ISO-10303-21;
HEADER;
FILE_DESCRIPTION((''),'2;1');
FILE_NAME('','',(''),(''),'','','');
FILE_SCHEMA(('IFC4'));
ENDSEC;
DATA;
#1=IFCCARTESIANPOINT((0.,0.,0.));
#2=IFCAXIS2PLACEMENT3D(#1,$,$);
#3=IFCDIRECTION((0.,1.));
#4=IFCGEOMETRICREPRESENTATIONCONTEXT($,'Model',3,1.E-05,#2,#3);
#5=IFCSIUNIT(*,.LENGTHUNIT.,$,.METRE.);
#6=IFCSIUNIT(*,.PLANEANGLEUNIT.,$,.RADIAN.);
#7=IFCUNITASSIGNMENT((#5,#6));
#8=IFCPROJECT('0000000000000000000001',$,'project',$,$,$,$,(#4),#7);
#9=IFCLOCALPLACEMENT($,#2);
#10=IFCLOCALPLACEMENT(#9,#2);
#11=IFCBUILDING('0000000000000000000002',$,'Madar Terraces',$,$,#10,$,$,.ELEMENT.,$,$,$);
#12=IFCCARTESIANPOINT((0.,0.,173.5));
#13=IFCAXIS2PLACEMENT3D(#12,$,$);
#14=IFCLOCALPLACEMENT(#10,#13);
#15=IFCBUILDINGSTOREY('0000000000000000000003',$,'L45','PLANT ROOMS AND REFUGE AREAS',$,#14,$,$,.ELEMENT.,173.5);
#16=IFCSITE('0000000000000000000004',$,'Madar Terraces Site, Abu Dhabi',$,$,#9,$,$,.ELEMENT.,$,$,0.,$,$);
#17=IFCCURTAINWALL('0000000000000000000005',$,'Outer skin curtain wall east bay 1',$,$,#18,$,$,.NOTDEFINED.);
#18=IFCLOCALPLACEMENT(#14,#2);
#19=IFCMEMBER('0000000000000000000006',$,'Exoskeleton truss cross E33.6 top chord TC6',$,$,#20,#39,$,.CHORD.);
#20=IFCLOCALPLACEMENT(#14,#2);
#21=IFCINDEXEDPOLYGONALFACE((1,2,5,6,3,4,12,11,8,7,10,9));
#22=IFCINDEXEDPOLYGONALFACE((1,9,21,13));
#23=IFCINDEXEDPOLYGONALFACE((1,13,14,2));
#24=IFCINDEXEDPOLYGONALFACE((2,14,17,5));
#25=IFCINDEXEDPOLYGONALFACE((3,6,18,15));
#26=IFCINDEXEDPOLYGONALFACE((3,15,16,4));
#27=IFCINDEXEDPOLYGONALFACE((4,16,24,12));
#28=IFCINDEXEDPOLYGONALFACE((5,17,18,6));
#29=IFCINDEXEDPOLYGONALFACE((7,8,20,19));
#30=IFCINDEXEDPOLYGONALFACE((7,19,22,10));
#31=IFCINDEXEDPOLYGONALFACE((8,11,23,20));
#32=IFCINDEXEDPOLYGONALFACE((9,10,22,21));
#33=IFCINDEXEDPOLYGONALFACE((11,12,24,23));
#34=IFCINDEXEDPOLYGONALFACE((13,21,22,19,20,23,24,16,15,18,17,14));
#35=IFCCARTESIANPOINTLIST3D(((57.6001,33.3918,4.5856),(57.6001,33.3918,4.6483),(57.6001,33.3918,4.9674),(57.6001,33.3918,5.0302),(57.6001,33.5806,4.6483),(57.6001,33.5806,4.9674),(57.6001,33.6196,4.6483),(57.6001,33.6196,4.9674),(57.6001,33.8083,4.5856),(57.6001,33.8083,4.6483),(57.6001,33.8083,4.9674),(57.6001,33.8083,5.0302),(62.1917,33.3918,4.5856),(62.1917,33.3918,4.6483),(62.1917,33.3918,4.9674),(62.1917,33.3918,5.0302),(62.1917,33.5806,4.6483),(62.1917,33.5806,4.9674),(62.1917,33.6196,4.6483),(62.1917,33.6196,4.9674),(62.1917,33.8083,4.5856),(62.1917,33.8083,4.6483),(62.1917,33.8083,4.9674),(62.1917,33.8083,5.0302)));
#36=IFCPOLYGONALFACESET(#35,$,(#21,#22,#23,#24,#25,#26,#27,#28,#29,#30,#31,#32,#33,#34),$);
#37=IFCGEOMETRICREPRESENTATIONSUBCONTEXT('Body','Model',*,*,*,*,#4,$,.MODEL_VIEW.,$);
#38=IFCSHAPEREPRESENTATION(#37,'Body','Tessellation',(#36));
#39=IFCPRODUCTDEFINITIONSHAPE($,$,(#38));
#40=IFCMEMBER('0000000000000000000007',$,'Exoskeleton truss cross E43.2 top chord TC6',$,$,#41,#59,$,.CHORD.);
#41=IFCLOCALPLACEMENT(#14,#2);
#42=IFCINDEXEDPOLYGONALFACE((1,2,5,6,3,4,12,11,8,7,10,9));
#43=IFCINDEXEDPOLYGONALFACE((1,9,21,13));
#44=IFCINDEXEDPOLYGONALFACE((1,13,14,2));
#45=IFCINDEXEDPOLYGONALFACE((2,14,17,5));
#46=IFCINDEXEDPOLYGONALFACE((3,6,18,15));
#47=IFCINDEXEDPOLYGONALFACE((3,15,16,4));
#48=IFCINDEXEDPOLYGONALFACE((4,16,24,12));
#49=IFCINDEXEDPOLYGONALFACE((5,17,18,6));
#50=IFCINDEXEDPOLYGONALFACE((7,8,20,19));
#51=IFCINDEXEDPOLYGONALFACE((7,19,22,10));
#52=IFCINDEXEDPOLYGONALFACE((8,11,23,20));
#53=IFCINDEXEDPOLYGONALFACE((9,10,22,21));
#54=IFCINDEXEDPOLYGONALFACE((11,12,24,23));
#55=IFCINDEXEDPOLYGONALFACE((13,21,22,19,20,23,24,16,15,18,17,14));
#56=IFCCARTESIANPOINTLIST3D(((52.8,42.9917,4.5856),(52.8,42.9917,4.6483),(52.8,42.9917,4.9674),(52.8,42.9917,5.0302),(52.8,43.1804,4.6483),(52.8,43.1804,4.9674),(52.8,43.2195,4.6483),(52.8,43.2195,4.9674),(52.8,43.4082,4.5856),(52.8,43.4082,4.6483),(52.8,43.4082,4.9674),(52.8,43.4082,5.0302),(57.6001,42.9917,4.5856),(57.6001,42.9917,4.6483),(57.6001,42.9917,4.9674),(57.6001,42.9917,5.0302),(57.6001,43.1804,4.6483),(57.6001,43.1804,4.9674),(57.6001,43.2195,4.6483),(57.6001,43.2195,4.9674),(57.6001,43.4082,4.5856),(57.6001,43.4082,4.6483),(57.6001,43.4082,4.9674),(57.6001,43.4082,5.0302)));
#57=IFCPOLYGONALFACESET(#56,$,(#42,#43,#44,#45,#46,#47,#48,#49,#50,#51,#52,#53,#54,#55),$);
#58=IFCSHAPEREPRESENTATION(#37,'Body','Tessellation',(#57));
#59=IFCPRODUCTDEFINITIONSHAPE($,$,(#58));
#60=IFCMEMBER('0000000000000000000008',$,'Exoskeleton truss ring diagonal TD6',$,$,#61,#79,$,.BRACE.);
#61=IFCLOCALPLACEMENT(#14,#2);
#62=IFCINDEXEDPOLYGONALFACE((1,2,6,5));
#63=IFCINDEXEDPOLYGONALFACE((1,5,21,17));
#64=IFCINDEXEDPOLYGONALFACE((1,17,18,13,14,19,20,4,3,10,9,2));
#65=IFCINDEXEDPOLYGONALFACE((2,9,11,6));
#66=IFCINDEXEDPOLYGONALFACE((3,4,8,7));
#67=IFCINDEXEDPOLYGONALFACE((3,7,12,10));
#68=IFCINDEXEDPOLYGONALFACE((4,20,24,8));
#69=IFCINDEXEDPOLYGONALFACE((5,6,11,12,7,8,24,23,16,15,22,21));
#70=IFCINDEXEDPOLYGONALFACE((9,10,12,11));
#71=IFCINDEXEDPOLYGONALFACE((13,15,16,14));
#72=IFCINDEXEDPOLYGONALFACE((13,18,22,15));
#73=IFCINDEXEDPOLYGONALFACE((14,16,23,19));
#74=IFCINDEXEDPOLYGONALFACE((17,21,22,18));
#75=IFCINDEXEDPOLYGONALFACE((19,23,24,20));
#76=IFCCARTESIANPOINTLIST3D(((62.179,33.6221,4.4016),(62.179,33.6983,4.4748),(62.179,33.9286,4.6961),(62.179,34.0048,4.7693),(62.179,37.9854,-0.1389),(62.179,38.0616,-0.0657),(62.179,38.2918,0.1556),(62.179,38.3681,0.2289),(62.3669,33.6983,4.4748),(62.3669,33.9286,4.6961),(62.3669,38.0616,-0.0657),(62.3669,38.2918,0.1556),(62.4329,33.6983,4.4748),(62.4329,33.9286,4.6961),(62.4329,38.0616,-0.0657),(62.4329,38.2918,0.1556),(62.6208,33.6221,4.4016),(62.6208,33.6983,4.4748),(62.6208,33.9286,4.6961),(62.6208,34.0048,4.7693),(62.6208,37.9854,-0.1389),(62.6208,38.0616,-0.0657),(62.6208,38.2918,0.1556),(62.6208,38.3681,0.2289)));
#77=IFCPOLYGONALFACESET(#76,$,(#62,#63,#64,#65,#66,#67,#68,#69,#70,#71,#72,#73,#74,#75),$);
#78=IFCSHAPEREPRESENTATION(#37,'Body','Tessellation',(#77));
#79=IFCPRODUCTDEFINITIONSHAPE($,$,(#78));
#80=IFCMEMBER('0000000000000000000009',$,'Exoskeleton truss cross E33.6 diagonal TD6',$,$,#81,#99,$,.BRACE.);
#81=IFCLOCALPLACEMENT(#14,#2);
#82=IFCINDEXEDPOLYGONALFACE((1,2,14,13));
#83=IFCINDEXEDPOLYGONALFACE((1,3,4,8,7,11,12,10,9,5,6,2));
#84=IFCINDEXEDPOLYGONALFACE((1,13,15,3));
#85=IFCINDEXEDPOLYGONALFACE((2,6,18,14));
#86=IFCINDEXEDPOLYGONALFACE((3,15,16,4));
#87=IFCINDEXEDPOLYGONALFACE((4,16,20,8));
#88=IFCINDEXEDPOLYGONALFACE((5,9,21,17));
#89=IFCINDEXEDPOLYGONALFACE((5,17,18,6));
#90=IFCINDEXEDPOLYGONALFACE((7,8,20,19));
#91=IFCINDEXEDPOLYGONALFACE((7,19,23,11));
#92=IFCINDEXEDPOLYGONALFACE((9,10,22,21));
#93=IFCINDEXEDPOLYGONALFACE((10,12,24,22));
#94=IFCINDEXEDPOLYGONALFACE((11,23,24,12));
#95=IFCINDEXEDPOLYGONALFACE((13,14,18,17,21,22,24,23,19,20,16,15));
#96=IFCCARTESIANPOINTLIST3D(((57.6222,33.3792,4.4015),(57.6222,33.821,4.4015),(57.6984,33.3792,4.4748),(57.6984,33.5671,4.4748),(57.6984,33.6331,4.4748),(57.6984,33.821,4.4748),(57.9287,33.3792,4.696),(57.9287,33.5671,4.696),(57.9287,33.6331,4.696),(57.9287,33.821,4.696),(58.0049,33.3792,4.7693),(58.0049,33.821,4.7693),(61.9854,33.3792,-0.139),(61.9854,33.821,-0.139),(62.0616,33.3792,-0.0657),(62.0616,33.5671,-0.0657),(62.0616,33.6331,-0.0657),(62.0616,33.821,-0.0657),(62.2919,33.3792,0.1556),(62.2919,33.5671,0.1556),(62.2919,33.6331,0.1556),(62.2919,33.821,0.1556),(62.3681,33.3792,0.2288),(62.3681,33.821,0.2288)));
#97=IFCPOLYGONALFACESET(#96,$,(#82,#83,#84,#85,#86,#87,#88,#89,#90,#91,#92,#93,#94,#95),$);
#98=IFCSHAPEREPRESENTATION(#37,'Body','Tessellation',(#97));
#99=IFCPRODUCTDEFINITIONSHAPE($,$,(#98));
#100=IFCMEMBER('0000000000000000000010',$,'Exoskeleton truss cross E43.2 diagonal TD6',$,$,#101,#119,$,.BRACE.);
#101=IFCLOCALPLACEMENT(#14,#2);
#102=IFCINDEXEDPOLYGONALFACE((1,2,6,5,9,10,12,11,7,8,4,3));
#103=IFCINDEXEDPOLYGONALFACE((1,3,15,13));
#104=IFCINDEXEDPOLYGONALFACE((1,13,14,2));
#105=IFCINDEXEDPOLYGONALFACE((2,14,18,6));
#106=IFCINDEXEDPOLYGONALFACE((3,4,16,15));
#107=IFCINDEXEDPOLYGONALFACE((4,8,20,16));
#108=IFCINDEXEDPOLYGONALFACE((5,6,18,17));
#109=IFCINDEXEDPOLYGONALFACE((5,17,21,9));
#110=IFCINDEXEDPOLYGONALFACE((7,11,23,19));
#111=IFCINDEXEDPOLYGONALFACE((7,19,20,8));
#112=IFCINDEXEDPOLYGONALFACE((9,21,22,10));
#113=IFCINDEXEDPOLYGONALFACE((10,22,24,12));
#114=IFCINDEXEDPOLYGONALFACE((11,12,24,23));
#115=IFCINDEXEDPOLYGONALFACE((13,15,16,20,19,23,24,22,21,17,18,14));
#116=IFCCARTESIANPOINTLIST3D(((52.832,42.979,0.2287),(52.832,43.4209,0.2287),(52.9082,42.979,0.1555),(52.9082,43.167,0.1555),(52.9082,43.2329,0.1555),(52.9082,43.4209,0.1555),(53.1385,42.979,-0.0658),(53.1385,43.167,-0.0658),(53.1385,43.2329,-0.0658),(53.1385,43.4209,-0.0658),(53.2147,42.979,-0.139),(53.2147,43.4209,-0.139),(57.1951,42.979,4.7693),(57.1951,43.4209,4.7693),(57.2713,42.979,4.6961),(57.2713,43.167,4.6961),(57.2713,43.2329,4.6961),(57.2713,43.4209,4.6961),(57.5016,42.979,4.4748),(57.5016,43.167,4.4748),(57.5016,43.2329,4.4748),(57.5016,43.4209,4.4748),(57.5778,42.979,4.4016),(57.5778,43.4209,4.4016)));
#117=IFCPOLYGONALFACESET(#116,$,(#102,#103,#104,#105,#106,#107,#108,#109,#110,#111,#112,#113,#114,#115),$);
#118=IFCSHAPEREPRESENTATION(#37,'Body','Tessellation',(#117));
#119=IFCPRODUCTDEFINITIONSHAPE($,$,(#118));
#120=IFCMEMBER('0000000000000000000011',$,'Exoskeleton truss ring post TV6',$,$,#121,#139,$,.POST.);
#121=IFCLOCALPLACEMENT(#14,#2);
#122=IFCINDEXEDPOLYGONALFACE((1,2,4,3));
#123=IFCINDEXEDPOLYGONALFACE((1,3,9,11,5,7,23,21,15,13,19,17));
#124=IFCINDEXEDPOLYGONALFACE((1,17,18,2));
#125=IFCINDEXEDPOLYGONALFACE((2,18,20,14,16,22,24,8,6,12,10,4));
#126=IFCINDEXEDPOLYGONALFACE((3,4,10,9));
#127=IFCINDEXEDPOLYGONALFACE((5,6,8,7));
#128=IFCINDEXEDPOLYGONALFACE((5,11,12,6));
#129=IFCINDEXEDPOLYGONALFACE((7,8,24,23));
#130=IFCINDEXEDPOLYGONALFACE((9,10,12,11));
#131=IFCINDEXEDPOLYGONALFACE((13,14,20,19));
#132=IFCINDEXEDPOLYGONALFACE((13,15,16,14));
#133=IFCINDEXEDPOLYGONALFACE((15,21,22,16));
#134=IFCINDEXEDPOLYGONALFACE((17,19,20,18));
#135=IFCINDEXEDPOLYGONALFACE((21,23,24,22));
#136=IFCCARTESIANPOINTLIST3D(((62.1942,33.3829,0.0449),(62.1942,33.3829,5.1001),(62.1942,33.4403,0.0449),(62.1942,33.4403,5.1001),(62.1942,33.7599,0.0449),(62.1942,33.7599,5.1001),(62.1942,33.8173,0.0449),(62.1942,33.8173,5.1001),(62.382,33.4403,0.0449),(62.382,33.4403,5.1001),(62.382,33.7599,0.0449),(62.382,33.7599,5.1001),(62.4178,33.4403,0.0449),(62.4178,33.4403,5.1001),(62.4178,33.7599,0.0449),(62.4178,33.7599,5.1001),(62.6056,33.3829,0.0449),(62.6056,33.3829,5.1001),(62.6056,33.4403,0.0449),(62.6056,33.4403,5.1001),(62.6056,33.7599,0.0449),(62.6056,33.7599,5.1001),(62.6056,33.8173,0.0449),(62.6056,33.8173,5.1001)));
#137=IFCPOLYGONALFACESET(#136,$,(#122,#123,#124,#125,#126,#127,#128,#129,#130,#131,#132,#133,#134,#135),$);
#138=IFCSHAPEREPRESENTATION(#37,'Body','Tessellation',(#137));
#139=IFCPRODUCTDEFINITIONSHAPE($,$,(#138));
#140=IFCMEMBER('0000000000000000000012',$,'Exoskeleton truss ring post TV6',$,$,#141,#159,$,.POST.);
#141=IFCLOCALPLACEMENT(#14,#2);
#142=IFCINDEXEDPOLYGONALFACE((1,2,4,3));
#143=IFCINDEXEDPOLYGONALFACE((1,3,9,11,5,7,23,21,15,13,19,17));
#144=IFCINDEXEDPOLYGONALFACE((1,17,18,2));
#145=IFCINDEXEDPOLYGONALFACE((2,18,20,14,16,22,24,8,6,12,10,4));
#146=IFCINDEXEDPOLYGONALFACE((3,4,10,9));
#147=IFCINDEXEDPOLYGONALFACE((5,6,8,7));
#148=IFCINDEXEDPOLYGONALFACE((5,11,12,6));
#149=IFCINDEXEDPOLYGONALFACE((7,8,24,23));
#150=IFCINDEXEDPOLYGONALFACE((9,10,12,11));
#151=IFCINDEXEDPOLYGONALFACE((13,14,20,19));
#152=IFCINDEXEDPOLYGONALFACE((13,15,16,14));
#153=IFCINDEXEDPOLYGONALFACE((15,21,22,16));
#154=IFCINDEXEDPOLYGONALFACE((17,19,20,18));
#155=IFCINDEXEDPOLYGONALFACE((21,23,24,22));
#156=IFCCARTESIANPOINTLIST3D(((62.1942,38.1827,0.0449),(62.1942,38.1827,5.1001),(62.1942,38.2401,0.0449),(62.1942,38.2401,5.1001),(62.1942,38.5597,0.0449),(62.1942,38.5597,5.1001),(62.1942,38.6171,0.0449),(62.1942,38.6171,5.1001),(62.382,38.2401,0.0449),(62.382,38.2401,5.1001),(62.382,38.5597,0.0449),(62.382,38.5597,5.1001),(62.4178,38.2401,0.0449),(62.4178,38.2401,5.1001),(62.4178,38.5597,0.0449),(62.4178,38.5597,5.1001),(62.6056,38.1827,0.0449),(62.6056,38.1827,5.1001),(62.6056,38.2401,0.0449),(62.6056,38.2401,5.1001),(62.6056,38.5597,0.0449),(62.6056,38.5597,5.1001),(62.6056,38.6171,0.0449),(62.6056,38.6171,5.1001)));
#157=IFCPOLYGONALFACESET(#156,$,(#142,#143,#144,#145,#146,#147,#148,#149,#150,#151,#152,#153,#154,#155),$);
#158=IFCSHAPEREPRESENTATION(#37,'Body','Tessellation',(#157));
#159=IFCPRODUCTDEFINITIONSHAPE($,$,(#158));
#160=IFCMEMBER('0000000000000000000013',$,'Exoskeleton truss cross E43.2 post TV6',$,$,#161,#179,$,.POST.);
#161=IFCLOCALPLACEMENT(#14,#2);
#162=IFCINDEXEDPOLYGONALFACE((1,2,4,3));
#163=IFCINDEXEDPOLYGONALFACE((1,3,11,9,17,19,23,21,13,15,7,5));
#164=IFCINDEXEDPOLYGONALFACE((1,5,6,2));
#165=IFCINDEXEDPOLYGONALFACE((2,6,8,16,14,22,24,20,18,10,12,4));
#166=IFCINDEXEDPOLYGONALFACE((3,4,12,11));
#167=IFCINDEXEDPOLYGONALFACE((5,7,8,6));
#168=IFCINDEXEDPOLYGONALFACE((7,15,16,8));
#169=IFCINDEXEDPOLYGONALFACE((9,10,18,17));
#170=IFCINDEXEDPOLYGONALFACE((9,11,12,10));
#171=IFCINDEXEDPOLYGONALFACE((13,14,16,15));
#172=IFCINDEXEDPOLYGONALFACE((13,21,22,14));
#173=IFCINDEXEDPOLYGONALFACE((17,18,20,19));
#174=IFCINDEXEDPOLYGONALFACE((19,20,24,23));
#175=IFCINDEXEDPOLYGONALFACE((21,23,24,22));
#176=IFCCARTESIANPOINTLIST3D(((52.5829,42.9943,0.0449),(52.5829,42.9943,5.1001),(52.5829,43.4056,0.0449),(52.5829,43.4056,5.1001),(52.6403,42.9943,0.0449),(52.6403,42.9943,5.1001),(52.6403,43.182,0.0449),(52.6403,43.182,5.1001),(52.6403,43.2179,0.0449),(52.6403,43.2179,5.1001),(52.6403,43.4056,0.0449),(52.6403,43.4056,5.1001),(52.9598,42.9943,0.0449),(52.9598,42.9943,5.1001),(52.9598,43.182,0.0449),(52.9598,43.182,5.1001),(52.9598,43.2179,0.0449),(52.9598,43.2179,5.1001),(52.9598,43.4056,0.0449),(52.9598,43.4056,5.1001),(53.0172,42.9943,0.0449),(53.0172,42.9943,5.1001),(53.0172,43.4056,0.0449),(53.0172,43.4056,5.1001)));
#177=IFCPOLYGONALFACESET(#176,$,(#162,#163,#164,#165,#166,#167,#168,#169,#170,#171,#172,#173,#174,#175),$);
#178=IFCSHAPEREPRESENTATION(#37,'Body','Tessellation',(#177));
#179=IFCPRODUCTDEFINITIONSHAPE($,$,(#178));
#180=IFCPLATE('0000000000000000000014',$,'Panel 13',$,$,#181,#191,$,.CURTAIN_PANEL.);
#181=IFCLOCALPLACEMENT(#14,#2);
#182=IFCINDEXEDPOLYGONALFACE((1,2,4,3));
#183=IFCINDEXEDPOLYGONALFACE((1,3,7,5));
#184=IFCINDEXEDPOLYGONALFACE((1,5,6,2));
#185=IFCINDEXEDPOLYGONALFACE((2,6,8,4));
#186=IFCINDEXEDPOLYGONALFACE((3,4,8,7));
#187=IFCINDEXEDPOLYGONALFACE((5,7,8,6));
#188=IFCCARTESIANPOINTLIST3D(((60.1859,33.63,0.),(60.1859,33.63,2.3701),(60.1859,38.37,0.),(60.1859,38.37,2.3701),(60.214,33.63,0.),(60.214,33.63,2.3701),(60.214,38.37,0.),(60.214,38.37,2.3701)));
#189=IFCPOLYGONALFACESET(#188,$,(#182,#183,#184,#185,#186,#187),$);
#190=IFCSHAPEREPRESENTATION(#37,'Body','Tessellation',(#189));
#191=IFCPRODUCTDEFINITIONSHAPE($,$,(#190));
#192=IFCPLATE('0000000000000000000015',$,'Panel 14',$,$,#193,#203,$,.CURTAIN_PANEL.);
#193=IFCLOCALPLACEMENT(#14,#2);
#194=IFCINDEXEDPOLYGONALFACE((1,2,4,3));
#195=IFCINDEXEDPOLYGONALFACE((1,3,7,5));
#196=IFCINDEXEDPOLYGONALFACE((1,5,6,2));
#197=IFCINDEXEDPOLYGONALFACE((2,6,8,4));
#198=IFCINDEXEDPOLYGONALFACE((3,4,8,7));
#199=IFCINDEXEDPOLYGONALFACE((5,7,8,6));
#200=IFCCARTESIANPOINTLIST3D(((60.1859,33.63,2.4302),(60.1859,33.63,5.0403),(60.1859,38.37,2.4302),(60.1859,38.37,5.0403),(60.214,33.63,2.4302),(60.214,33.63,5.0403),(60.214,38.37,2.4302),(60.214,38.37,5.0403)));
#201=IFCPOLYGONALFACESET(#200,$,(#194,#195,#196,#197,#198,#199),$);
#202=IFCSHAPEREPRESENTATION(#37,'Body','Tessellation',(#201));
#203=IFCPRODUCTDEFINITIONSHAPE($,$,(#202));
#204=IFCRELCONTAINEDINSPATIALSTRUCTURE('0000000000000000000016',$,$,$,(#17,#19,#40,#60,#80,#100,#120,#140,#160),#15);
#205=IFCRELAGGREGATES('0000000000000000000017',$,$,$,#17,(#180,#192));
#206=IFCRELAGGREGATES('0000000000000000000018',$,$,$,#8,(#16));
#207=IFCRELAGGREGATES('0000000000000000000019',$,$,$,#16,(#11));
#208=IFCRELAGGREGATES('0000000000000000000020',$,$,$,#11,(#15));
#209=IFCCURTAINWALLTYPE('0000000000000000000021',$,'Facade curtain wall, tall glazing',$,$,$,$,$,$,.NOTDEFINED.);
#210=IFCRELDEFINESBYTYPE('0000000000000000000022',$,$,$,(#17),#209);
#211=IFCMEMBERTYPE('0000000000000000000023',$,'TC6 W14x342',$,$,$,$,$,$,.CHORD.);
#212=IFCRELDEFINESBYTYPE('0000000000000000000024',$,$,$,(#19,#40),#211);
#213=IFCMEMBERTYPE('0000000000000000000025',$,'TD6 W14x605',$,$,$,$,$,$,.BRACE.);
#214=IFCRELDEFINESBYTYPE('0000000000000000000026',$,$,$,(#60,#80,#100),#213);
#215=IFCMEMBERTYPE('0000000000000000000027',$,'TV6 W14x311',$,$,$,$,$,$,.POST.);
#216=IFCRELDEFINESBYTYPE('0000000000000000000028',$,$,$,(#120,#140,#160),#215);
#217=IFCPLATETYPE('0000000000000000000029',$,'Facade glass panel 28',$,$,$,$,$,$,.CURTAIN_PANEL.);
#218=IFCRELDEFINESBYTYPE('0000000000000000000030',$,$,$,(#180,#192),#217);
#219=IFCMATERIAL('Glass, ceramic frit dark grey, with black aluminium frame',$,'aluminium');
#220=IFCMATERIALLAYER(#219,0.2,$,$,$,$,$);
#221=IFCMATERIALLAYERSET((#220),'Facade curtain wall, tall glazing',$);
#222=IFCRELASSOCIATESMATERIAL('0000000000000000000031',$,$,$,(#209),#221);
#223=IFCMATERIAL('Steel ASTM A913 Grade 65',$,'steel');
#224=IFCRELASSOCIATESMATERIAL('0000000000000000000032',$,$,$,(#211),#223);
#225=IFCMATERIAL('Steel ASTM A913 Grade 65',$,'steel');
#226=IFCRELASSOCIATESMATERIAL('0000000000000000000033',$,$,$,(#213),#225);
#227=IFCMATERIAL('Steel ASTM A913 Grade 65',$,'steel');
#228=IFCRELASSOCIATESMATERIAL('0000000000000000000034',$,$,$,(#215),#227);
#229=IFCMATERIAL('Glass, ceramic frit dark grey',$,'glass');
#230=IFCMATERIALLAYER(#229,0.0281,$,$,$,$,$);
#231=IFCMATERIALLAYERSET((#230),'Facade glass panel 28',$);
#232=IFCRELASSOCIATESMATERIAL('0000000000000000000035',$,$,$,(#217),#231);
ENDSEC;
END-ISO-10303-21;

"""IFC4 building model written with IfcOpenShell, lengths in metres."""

from ifc_helpers import new_model, si_unit, direction, frame, origin, origin_2d, place, context, subcontext, project, spatial, rectangle, i_section, extrude, material, layer, layer_set, material_profile, profile_set, type_object, element, aggregate, save


model = new_model("IFC4")

# Units and contexts
model_context = context("Model", 3, precision=1e-05, world=origin(), true_north=direction((0.0, 1.0)))
body_context = subcontext(model_context, "Body", "Model", "MODEL_VIEW")
ifc_project = project(units=[si_unit("LENGTHUNIT", "METRE"), si_unit("PLANEANGLEUNIT", "RADIAN")], contexts=[model_context])

# Site, building, storey
site_placement = place(None, origin())
site = spatial("IfcSite", under=ifc_project, at=site_placement, Name="Madar Terraces Site, Abu Dhabi", CompositionType="ELEMENT", RefElevation=0.0)
building_placement = place(site_placement, origin())
building = spatial("IfcBuilding", under=site, at=building_placement, Name="Madar Terraces", CompositionType="ELEMENT")
storey_placement = place(building_placement, frame((0.0, 0.0, 173.5)))
storey = spatial("IfcBuildingStorey", under=building, at=storey_placement, Name="L45", Description="PLANT ROOMS AND REFUGE AREAS", CompositionType="ELEMENT", Elevation=173.5)

# Curtain wall
ifc_material_1 = material(Name="Glass, ceramic frit dark grey, with black aluminium frame", Category="aluminium")
ifc_layer_1 = layer(ifc_material_1, 0.2)
ifc_layer_set_1 = layer_set([ifc_layer_1], Name="Facade curtain wall, tall glazing")
curtain_wall_type = type_object("IfcCurtainWallType", Name="Facade curtain wall, tall glazing", PredefinedType="NOTDEFINED", material=ifc_layer_set_1)
curtain_wall_placement = place(storey_placement, origin())
curtain_wall = element("IfcCurtainWall", 1, at=curtain_wall_placement, inside=storey, type_object=curtain_wall_type, Name="Outer skin curtain wall east bay 1", PredefinedType="NOTDEFINED")

# Members
ifc_material_2 = material(Name="Steel ASTM A913 Grade 65", Category="steel")
ifc_material_profile_1 = material_profile(ifc_material_2, i_section(OverallWidth=0.4165, OverallDepth=0.4446, WebThickness=0.0391, FlangeThickness=0.0627, at=origin_2d()), Name="W14x342")
ifc_profile_set_1 = profile_set([ifc_material_profile_1], Name="Steel ASTM A913 Grade 65")
member_type_1 = type_object("IfcMemberType", Name="TC6 W14x342", PredefinedType="CHORD", material=ifc_profile_set_1)
member_1_placement = place(storey_placement, frame((62.1917, 33.6001, 4.8079), z_axis=(-1.0, 0.0, 0.0), x_axis=(0.0, -1.0, 0.0)))
element("IfcMember", 2, at=member_1_placement, inside=storey, type_object=member_type_1, Name="Exoskeleton truss cross E33.6 top chord TC6", PredefinedType="CHORD", context=body_context, shape_type="SweptSolid", body=[
    extrude(i_section(OverallWidth=0.4165, OverallDepth=0.4446, WebThickness=0.0391, FlangeThickness=0.0627, at=origin_2d()), origin(), (0.0, 0.0, 1.0), 4.5916),
])
member_2_placement = place(storey_placement, frame((57.6001, 43.2, 4.8079), z_axis=(-1.0, 0.0, 0.0), x_axis=(0.0, -1.0, 0.0)))
element("IfcMember", 3, at=member_2_placement, inside=storey, type_object=member_type_1, Name="Exoskeleton truss cross E43.2 top chord TC6", PredefinedType="CHORD", context=body_context, shape_type="SweptSolid", body=[
    extrude(i_section(OverallWidth=0.4165, OverallDepth=0.4446, WebThickness=0.0391, FlangeThickness=0.0627, at=origin_2d()), origin(), (0.0, 0.0, 1.0), 4.8),
])
ifc_material_3 = material(Name="Steel ASTM A913 Grade 65", Category="steel")
ifc_material_profile_2 = material_profile(ifc_material_3, i_section(OverallWidth=0.4419, OverallDepth=0.5308, WebThickness=0.0659, FlangeThickness=0.1057, at=origin_2d()), Name="W14x605")
ifc_profile_set_2 = profile_set([ifc_material_profile_2], Name="Steel ASTM A913 Grade 65")
member_type_2 = type_object("IfcMemberType", Name="TD6 W14x605", PredefinedType="BRACE", material=ifc_profile_set_2)
for number, where, z_axis, x_axis, name in (
    (4, (62.3999, 33.8135, 4.5854), (0.0, 0.692893, -0.72104), (-1.0, 0.0, 0.0), "Exoskeleton truss ring diagonal TD6"),
    (5, (62.1768, 33.6001, 0.0449), (-0.692893, 0.0, 0.72104), (0.0, -1.0, 0.0), "Exoskeleton truss cross E33.6 diagonal TD6"),
    (6, (57.3865, 43.2, 4.5854), (-0.692873, 0.0, -0.72106), (0.0, -1.0, 0.0), "Exoskeleton truss cross E43.2 diagonal TD6"),
):
    element("IfcMember", number, at=place(storey_placement, frame(where, z_axis=z_axis, x_axis=x_axis)), inside=storey, type_object=member_type_2, Name=name, PredefinedType="BRACE", context=body_context, shape_type="SweptSolid", body=[
        extrude(i_section(OverallWidth=0.4419, OverallDepth=0.5308, WebThickness=0.0659, FlangeThickness=0.1057, at=origin_2d()), origin(), (0.0, 0.0, 1.0), 6.2971),
    ])
ifc_material_4 = material(Name="Steel ASTM A913 Grade 65", Category="steel")
ifc_material_profile_3 = material_profile(ifc_material_4, i_section(OverallWidth=0.4114, OverallDepth=0.4343, WebThickness=0.0359, FlangeThickness=0.0574, at=origin_2d()), Name="W14x311")
ifc_profile_set_3 = profile_set([ifc_material_profile_3], Name="Steel ASTM A913 Grade 65")
member_type_3 = type_object("IfcMemberType", Name="TV6 W14x311", PredefinedType="POST", material=ifc_profile_set_3)
for number, where, z_axis, x_axis, name in (
    (7, (62.3999, 33.6001, 0.0449), (0.0, 0.0, 1.0), (-1.0, 0.0, 0.0), "Exoskeleton truss ring post TV6"),
    (8, (62.3999, 38.3999, 0.0449), (0.0, 0.0, 1.0), (-1.0, 0.0, 0.0), "Exoskeleton truss ring post TV6"),
    (9, (52.8, 43.2, 0.0449), (0.0, 0.0, 1.0), (0.0, 1.0, 0.0), "Exoskeleton truss cross E43.2 post TV6"),
):
    element("IfcMember", number, at=place(storey_placement, frame(where, z_axis=z_axis, x_axis=x_axis)), inside=storey, type_object=member_type_3, Name=name, PredefinedType="POST", context=body_context, shape_type="SweptSolid", body=[
        extrude(i_section(OverallWidth=0.4114, OverallDepth=0.4343, WebThickness=0.0359, FlangeThickness=0.0574, at=origin_2d()), origin(), (0.0, 0.0, 1.0), 5.0552),
    ])

# Plates
ifc_material_5 = material(Name="Glass, ceramic frit dark grey", Category="glass")
ifc_layer_2 = layer(ifc_material_5, 0.0281)
ifc_layer_set_2 = layer_set([ifc_layer_2], Name="Facade glass panel 28")
plate_type = type_object("IfcPlateType", Name="Facade glass panel 28", PredefinedType="CURTAIN_PANEL", material=ifc_layer_set_2)
plate_1_placement = place(storey_placement, frame((60.2, 36.0, 0.0), z_axis=(0.0, 0.0, 1.0), x_axis=(0.0, 1.0, 0.0)))
plate_1 = element("IfcPlate", 10, at=plate_1_placement, type_object=plate_type, Name="Panel 13", PredefinedType="CURTAIN_PANEL", context=body_context, shape_type="SweptSolid", body=[
    extrude(rectangle(XDim=4.74, YDim=0.0281, at=origin_2d()), origin(), (0.0, 0.0, 1.0), 2.3701),
])
plate_2_placement = place(storey_placement, frame((60.2, 36.0, 2.4302), z_axis=(0.0, 0.0, 1.0), x_axis=(0.0, 1.0, 0.0)))
plate_2 = element("IfcPlate", 11, at=plate_2_placement, type_object=plate_type, Name="Panel 14", PredefinedType="CURTAIN_PANEL", context=body_context, shape_type="SweptSolid", body=[
    extrude(rectangle(XDim=4.74, YDim=0.0281, at=origin_2d()), origin(), (0.0, 0.0, 1.0), 2.6101),
])
aggregate(curtain_wall, [plate_1, plate_2])

save(model, "model.ifc")
